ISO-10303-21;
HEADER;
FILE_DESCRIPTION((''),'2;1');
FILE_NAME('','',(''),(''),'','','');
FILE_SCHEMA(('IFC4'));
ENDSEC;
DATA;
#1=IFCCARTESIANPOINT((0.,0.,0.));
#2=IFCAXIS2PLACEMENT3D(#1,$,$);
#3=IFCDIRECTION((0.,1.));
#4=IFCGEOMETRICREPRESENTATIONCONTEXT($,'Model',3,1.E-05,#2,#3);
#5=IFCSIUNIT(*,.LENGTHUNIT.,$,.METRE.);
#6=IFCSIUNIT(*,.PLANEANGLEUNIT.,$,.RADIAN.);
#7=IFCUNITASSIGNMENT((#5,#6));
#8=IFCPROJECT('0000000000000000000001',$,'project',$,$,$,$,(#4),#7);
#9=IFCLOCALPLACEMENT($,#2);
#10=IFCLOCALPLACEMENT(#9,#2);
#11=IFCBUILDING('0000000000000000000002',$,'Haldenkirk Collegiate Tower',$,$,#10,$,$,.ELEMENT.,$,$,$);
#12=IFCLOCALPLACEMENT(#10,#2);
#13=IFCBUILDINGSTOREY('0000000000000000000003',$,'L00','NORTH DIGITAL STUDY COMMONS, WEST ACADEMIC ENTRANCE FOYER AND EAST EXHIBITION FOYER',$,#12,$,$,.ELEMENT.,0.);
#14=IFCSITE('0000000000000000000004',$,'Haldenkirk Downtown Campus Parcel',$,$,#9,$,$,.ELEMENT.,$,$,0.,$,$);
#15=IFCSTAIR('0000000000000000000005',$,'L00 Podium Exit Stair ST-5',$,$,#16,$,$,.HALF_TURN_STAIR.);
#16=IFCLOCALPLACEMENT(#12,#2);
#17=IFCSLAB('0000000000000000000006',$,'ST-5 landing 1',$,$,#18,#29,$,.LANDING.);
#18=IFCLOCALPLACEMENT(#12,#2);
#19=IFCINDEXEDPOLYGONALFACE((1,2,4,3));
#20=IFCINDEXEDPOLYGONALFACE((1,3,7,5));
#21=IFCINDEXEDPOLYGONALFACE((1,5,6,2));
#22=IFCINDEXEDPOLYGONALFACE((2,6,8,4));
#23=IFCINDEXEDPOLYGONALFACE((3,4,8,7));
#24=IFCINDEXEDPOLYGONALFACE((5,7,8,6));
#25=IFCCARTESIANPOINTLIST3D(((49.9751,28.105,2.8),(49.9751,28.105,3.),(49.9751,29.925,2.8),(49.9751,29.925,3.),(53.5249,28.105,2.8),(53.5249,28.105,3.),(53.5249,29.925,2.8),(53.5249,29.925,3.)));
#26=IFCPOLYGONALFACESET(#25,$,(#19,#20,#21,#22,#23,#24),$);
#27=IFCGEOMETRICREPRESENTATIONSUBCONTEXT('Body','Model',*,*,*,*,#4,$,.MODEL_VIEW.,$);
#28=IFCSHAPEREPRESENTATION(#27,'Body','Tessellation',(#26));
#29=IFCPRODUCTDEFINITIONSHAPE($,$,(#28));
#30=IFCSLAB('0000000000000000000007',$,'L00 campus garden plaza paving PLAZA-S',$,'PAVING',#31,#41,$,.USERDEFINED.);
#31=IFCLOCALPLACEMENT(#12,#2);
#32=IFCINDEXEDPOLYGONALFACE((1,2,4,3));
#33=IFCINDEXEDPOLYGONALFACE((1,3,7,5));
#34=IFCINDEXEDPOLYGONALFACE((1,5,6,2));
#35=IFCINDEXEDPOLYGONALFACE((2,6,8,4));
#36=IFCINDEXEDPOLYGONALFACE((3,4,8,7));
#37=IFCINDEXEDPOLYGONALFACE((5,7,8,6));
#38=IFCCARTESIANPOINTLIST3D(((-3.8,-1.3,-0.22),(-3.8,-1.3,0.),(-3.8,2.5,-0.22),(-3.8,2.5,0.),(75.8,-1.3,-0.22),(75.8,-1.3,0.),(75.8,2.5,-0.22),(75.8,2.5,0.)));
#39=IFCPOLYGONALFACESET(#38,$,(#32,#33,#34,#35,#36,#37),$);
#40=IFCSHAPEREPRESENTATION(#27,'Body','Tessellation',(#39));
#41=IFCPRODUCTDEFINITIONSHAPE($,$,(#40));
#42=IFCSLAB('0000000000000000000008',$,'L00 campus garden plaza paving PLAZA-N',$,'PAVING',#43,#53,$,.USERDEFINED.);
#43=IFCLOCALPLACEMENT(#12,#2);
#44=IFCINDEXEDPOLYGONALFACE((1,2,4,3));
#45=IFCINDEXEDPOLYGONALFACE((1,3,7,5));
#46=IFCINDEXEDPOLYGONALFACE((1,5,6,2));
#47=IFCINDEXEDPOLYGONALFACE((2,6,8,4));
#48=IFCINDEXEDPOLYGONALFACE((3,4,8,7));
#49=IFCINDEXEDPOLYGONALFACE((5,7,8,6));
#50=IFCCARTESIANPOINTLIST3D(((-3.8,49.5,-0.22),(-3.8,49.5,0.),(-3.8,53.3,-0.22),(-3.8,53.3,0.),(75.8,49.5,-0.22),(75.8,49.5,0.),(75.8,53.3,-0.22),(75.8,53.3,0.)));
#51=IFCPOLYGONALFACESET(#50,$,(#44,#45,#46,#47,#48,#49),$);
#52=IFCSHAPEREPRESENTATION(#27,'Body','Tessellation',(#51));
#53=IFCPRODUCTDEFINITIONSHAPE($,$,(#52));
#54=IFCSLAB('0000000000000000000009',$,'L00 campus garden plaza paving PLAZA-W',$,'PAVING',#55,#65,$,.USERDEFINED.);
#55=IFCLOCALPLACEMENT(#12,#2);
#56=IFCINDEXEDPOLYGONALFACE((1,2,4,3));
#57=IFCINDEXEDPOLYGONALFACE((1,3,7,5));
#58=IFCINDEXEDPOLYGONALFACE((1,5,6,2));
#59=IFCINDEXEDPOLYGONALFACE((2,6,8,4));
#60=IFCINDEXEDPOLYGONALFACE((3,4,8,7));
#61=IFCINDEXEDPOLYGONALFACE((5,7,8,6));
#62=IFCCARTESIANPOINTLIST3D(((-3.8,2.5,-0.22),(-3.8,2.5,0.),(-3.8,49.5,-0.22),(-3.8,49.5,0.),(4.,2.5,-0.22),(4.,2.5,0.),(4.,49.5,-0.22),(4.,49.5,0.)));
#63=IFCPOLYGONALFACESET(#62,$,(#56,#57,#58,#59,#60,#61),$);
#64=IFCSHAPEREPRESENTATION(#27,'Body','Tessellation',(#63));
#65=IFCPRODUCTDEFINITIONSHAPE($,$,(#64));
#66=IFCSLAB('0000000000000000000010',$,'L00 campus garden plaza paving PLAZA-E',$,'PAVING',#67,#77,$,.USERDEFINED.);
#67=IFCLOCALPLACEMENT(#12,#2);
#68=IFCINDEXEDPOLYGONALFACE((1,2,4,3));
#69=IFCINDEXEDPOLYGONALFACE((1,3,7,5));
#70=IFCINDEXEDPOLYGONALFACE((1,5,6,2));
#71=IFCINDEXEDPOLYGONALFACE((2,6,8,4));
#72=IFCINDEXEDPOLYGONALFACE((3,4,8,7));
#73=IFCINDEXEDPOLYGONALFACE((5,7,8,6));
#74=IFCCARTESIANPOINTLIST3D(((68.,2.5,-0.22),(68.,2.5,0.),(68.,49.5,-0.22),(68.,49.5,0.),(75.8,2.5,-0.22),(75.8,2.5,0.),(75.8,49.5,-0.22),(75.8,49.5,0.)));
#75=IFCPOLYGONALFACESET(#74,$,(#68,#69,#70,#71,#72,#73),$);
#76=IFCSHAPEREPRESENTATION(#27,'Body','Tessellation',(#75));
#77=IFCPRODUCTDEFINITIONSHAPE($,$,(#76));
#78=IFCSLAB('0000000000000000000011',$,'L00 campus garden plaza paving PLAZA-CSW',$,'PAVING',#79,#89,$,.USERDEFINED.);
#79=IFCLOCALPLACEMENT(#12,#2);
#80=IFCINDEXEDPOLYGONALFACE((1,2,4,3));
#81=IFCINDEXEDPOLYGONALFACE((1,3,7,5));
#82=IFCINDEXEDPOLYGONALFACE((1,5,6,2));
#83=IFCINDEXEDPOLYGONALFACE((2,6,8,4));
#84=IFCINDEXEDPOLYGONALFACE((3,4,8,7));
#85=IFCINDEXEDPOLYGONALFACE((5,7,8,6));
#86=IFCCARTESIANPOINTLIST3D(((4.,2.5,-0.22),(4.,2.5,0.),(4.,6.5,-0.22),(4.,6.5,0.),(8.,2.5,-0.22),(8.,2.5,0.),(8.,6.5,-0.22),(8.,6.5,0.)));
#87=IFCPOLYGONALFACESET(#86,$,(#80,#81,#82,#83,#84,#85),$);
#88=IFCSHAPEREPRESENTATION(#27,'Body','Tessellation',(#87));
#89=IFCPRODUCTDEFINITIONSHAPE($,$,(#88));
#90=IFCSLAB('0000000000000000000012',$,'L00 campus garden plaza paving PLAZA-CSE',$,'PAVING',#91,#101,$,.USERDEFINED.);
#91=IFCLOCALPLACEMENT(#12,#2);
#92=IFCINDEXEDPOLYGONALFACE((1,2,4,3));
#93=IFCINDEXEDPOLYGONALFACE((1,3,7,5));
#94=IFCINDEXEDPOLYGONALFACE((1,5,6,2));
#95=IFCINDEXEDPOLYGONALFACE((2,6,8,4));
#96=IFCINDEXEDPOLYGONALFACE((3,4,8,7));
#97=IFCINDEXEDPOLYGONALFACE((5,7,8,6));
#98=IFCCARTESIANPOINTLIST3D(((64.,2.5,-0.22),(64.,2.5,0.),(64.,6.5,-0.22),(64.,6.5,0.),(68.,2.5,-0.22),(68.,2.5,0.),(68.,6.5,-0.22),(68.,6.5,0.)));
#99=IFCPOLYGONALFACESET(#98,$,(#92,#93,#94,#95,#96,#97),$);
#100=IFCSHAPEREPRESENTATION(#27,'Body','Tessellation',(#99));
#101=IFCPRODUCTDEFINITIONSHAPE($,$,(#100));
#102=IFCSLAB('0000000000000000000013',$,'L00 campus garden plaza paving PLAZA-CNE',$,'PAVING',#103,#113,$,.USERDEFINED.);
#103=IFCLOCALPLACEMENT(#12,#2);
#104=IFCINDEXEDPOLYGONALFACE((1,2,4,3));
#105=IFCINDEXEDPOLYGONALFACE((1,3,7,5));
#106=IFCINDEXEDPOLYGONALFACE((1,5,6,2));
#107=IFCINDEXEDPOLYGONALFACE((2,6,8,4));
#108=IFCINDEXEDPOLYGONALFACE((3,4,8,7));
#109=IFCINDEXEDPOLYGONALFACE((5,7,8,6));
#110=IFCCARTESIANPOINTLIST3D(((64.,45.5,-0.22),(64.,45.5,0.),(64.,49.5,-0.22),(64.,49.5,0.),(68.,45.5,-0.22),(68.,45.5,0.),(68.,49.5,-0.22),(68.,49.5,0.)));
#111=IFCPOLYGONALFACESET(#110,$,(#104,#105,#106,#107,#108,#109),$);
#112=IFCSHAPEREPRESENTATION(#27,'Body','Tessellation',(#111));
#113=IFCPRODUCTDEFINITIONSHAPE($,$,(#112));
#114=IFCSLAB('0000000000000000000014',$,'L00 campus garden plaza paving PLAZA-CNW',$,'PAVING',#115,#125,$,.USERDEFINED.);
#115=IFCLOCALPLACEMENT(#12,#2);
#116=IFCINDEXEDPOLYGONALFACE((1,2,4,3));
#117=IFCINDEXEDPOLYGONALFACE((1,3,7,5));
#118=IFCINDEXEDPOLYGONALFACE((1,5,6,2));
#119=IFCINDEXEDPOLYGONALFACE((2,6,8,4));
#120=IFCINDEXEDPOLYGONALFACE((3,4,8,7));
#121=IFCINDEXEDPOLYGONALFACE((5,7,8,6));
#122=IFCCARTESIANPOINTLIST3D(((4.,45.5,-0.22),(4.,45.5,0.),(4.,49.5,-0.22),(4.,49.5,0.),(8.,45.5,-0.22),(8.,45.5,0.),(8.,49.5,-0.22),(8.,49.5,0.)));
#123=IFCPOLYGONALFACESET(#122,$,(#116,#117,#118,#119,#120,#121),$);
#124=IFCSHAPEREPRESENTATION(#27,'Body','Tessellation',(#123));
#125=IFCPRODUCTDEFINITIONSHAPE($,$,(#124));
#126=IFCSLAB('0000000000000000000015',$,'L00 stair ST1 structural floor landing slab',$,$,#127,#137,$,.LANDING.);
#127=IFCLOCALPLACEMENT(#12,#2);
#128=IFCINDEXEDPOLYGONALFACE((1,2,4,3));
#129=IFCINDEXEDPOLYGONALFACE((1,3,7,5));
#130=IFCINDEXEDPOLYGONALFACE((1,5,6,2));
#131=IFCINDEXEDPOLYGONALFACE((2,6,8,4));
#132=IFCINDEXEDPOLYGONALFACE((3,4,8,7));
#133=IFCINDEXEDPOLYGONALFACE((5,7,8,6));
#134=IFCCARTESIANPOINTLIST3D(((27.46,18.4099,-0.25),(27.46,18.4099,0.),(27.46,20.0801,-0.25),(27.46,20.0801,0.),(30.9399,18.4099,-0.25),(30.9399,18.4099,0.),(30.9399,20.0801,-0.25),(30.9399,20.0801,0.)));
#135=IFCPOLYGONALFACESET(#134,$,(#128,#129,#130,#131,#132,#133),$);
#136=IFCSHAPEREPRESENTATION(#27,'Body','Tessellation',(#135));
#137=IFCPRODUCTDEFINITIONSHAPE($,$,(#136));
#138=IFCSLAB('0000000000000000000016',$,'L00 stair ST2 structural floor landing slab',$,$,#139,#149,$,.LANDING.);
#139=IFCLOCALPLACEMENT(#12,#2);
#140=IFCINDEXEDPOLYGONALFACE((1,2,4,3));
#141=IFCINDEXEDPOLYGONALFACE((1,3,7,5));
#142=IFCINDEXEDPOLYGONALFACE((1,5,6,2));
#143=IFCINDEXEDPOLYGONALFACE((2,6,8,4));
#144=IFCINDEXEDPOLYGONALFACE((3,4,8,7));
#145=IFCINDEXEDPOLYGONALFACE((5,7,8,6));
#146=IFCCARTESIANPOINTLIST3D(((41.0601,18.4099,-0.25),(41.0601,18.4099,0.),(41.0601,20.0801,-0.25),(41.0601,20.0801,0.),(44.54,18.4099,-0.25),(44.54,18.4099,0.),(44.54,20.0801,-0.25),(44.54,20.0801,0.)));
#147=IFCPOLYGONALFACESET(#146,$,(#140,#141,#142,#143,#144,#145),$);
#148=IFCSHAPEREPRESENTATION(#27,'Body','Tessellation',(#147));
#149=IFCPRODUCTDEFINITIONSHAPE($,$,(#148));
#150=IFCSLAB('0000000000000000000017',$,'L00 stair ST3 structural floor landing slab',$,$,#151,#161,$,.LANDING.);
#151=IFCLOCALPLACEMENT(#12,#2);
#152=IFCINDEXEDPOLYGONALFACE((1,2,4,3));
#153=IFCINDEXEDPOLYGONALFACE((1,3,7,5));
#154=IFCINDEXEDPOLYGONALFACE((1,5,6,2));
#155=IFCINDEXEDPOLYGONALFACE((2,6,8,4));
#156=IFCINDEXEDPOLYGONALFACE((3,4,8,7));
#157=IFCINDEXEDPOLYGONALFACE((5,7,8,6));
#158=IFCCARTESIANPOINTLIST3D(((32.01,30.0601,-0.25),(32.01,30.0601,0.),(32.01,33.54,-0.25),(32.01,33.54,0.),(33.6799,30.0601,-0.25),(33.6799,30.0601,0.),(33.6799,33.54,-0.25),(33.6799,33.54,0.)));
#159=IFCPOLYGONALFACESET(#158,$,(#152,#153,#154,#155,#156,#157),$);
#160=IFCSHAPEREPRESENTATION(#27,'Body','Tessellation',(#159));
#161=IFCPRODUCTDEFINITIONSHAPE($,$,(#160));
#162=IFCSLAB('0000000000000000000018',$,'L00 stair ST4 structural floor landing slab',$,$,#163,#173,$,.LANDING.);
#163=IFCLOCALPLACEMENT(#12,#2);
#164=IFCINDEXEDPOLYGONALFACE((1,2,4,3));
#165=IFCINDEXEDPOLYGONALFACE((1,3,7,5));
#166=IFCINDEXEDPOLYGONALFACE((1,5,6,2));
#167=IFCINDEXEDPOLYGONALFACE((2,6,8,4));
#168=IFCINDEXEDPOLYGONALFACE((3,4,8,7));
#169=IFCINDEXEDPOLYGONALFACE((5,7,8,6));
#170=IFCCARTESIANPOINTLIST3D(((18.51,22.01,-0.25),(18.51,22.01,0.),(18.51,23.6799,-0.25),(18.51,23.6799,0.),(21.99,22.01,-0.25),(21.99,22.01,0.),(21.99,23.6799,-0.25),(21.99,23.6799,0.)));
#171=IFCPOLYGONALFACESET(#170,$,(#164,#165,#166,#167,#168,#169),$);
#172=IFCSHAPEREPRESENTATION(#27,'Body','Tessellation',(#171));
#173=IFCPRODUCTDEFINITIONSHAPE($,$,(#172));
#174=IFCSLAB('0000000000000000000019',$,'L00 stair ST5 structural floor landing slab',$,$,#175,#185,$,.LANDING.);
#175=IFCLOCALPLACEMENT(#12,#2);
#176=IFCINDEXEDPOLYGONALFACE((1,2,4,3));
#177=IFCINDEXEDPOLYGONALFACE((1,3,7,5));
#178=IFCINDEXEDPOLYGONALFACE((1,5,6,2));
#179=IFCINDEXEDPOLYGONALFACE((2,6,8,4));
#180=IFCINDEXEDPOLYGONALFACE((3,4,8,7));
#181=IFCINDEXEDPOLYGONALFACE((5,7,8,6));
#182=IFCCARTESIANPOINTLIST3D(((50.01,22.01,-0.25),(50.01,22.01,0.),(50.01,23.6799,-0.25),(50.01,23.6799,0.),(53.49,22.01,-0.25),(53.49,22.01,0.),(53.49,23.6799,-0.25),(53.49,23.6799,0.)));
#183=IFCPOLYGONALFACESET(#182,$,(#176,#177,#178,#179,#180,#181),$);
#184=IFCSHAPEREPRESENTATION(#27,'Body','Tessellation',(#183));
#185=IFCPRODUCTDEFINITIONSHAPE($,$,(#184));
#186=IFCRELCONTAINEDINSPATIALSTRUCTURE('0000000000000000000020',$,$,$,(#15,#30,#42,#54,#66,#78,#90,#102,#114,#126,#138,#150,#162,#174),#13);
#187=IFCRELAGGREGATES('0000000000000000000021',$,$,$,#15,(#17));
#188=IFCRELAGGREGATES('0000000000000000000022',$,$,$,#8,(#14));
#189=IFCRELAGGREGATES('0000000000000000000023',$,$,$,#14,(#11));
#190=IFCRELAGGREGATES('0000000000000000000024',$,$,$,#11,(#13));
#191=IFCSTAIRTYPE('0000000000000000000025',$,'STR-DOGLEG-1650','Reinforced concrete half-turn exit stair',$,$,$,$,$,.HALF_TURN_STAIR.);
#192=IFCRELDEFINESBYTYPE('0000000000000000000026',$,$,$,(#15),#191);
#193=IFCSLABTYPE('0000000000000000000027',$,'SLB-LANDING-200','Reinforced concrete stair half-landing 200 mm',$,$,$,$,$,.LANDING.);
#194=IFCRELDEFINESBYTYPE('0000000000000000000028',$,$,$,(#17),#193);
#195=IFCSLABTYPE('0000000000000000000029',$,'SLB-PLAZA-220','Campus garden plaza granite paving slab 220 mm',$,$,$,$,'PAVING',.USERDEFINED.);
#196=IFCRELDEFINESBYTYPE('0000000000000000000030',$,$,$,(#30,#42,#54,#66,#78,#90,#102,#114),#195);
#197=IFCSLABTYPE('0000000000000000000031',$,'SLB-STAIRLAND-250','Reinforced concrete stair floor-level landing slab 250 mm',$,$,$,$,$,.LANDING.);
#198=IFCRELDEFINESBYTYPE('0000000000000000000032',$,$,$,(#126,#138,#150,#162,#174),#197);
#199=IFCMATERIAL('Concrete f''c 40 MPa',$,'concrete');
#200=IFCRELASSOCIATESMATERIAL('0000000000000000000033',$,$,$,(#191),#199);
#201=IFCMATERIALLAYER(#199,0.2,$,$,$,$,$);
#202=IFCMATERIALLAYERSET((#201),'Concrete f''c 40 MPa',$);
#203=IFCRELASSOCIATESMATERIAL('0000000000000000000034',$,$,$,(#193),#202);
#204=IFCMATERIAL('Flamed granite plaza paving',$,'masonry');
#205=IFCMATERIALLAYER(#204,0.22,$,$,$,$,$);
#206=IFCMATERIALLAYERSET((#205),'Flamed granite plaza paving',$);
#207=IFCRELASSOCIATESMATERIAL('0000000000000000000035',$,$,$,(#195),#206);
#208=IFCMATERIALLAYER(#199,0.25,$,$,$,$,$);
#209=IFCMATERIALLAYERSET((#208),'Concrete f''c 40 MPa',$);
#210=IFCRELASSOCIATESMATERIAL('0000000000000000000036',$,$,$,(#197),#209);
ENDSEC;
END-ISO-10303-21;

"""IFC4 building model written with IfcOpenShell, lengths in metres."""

from ifc_helpers import new_model, si_unit, direction, frame, origin, place, context, subcontext, project, spatial, polyline, outline, extrude, material, layer, layer_set, type_object, element, aggregate, save


model = new_model("IFC4")

# Units and contexts
model_context = context("Model", 3, precision=1e-05, world=origin(), true_north=direction((0.0, 1.0)))
body_context = subcontext(model_context, "Body", "Model", "MODEL_VIEW")
ifc_project = project(units=[si_unit("LENGTHUNIT", "METRE"), si_unit("PLANEANGLEUNIT", "RADIAN")], contexts=[model_context])

# Site, building, storey
site_placement = place(None, origin())
site = spatial("IfcSite", under=ifc_project, at=site_placement, Name="Haldenkirk Downtown Campus Parcel", CompositionType="ELEMENT", RefElevation=0.0)
building_placement = place(site_placement, origin())
building = spatial("IfcBuilding", under=site, at=building_placement, Name="Haldenkirk Collegiate Tower", CompositionType="ELEMENT")
storey_placement = place(building_placement, origin())
storey = spatial("IfcBuildingStorey", under=building, at=storey_placement, Name="L00", Description="NORTH DIGITAL STUDY COMMONS, WEST ACADEMIC ENTRANCE FOYER AND EAST EXHIBITION FOYER", CompositionType="ELEMENT", Elevation=0.0)

# Shared definitions
ifc_material_1 = material(Name="Concrete f'c 40 MPa", Category="concrete")

# Stair, slab
stair_type = type_object("IfcStairType", Name="STR-DOGLEG-1650", Description="Reinforced concrete half-turn exit stair", PredefinedType="HALF_TURN_STAIR", material=ifc_material_1)
ifc_layer_1 = layer(ifc_material_1, 0.2)
ifc_layer_set_1 = layer_set([ifc_layer_1], Name="Concrete f'c 40 MPa")
slab_type_1 = type_object("IfcSlabType", Name="SLB-LANDING-200", Description="Reinforced concrete stair half-landing 200 mm", PredefinedType="LANDING", material=ifc_layer_set_1)
stair_1_placement = place(storey_placement, origin())
stair_1 = element("IfcStair", 1, at=stair_1_placement, inside=storey, type_object=stair_type, Name="L00 Podium Exit Stair ST-5", PredefinedType="HALF_TURN_STAIR")
slab_1_placement = place(storey_placement, frame((0.0, 0.0, 2.8)))
slab_1 = element("IfcSlab", 2, at=slab_1_placement, type_object=slab_type_1, Name="ST-5 landing 1", PredefinedType="LANDING", context=body_context, shape_type="SweptSolid", body=[
    extrude(outline(polyline([(53.5249, 28.105), (49.9751, 28.105), (49.9751, 29.925), (53.5249, 29.925), (53.5249, 28.105)])), origin(), (0.0, 0.0, 1.0), 0.2),
])
aggregate(stair_1, [slab_1])

# Slabs
ifc_material_2 = material(Name="Flamed granite plaza paving", Category="masonry")
ifc_layer_2 = layer(ifc_material_2, 0.22)
ifc_layer_set_2 = layer_set([ifc_layer_2], Name="Flamed granite plaza paving")
slab_type_2 = type_object("IfcSlabType", Name="SLB-PLAZA-220", Description="Campus garden plaza granite paving slab 220 mm", ElementType="PAVING", PredefinedType="USERDEFINED", material=ifc_layer_set_2)
slab_2_placement = place(storey_placement, frame((0.0, 0.0, -0.22)))
element("IfcSlab", 3, at=slab_2_placement, inside=storey, type_object=slab_type_2, Name="L00 campus garden plaza paving PLAZA-S", ObjectType="PAVING", PredefinedType="USERDEFINED", context=body_context, shape_type="SweptSolid", body=[
    extrude(outline(polyline([(-3.8, -1.3), (75.8, -1.3), (75.8, 2.5), (-3.8, 2.5), (-3.8, -1.3)])), origin(), (0.0, 0.0, 1.0), 0.22),
])
slab_3_placement = place(storey_placement, frame((0.0, 0.0, -0.22)))
element("IfcSlab", 4, at=slab_3_placement, inside=storey, type_object=slab_type_2, Name="L00 campus garden plaza paving PLAZA-N", ObjectType="PAVING", PredefinedType="USERDEFINED", context=body_context, shape_type="SweptSolid", body=[
    extrude(outline(polyline([(-3.8, 49.5), (75.8, 49.5), (75.8, 53.3), (-3.8, 53.3), (-3.8, 49.5)])), origin(), (0.0, 0.0, 1.0), 0.22),
])
slab_4_placement = place(storey_placement, frame((0.0, 0.0, -0.22)))
element("IfcSlab", 5, at=slab_4_placement, inside=storey, type_object=slab_type_2, Name="L00 campus garden plaza paving PLAZA-W", ObjectType="PAVING", PredefinedType="USERDEFINED", context=body_context, shape_type="SweptSolid", body=[
    extrude(outline(polyline([(-3.8, 2.5), (4.0, 2.5), (4.0, 49.5), (-3.8, 49.5), (-3.8, 2.5)])), origin(), (0.0, 0.0, 1.0), 0.22),
])
slab_5_placement = place(storey_placement, frame((0.0, 0.0, -0.22)))
element("IfcSlab", 6, at=slab_5_placement, inside=storey, type_object=slab_type_2, Name="L00 campus garden plaza paving PLAZA-E", ObjectType="PAVING", PredefinedType="USERDEFINED", context=body_context, shape_type="SweptSolid", body=[
    extrude(outline(polyline([(68.0, 2.5), (75.8, 2.5), (75.8, 49.5), (68.0, 49.5), (68.0, 2.5)])), origin(), (0.0, 0.0, 1.0), 0.22),
])
slab_6_placement = place(storey_placement, frame((0.0, 0.0, -0.22)))
element("IfcSlab", 7, at=slab_6_placement, inside=storey, type_object=slab_type_2, Name="L00 campus garden plaza paving PLAZA-CSW", ObjectType="PAVING", PredefinedType="USERDEFINED", context=body_context, shape_type="SweptSolid", body=[
    extrude(outline(polyline([(4.0, 2.5), (8.0, 2.5), (8.0, 6.5), (4.0, 6.5), (4.0, 2.5)])), origin(), (0.0, 0.0, 1.0), 0.22),
])
slab_7_placement = place(storey_placement, frame((0.0, 0.0, -0.22)))
element("IfcSlab", 8, at=slab_7_placement, inside=storey, type_object=slab_type_2, Name="L00 campus garden plaza paving PLAZA-CSE", ObjectType="PAVING", PredefinedType="USERDEFINED", context=body_context, shape_type="SweptSolid", body=[
    extrude(outline(polyline([(64.0, 2.5), (68.0, 2.5), (68.0, 6.5), (64.0, 6.5), (64.0, 2.5)])), origin(), (0.0, 0.0, 1.0), 0.22),
])
slab_8_placement = place(storey_placement, frame((0.0, 0.0, -0.22)))
element("IfcSlab", 9, at=slab_8_placement, inside=storey, type_object=slab_type_2, Name="L00 campus garden plaza paving PLAZA-CNE", ObjectType="PAVING", PredefinedType="USERDEFINED", context=body_context, shape_type="SweptSolid", body=[
    extrude(outline(polyline([(64.0, 45.5), (68.0, 45.5), (68.0, 49.5), (64.0, 49.5), (64.0, 45.5)])), origin(), (0.0, 0.0, 1.0), 0.22),
])
slab_9_placement = place(storey_placement, frame((0.0, 0.0, -0.22)))
element("IfcSlab", 10, at=slab_9_placement, inside=storey, type_object=slab_type_2, Name="L00 campus garden plaza paving PLAZA-CNW", ObjectType="PAVING", PredefinedType="USERDEFINED", context=body_context, shape_type="SweptSolid", body=[
    extrude(outline(polyline([(4.0, 45.5), (8.0, 45.5), (8.0, 49.5), (4.0, 49.5), (4.0, 45.5)])), origin(), (0.0, 0.0, 1.0), 0.22),
])
ifc_layer_3 = layer(ifc_material_1, 0.25)
ifc_layer_set_3 = layer_set([ifc_layer_3], Name="Concrete f'c 40 MPa")
slab_type_3 = type_object("IfcSlabType", Name="SLB-STAIRLAND-250", Description="Reinforced concrete stair floor-level landing slab 250 mm", PredefinedType="LANDING", material=ifc_layer_set_3)
slab_10_placement = place(storey_placement, frame((0.0, 0.0, -0.25)))
element("IfcSlab", 11, at=slab_10_placement, inside=storey, type_object=slab_type_3, Name="L00 stair ST1 structural floor landing slab", PredefinedType="LANDING", context=body_context, shape_type="SweptSolid", body=[
    extrude(outline(polyline([(27.46, 18.4099), (30.9399, 18.4099), (30.9399, 20.0801), (27.46, 20.0801), (27.46, 18.4099)])), origin(), (0.0, 0.0, 1.0), 0.25),
])
slab_11_placement = place(storey_placement, frame((0.0, 0.0, -0.25)))
element("IfcSlab", 12, at=slab_11_placement, inside=storey, type_object=slab_type_3, Name="L00 stair ST2 structural floor landing slab", PredefinedType="LANDING", context=body_context, shape_type="SweptSolid", body=[
    extrude(outline(polyline([(41.0601, 18.4099), (44.54, 18.4099), (44.54, 20.0801), (41.0601, 20.0801), (41.0601, 18.4099)])), origin(), (0.0, 0.0, 1.0), 0.25),
])
slab_12_placement = place(storey_placement, frame((0.0, 0.0, -0.25)))
element("IfcSlab", 13, at=slab_12_placement, inside=storey, type_object=slab_type_3, Name="L00 stair ST3 structural floor landing slab", PredefinedType="LANDING", context=body_context, shape_type="SweptSolid", body=[
    extrude(outline(polyline([(32.01, 30.0601), (33.6799, 30.0601), (33.6799, 33.54), (32.01, 33.54), (32.01, 30.0601)])), origin(), (0.0, 0.0, 1.0), 0.25),
])
slab_13_placement = place(storey_placement, frame((0.0, 0.0, -0.25)))
element("IfcSlab", 14, at=slab_13_placement, inside=storey, type_object=slab_type_3, Name="L00 stair ST4 structural floor landing slab", PredefinedType="LANDING", context=body_context, shape_type="SweptSolid", body=[
    extrude(outline(polyline([(18.51, 22.01), (21.99, 22.01), (21.99, 23.6799), (18.51, 23.6799), (18.51, 22.01)])), origin(), (0.0, 0.0, 1.0), 0.25),
])
slab_14_placement = place(storey_placement, frame((0.0, 0.0, -0.25)))
element("IfcSlab", 15, at=slab_14_placement, inside=storey, type_object=slab_type_3, Name="L00 stair ST5 structural floor landing slab", PredefinedType="LANDING", context=body_context, shape_type="SweptSolid", body=[
    extrude(outline(polyline([(50.01, 22.01), (53.49, 22.01), (53.49, 23.6799), (50.01, 23.6799), (50.01, 22.01)])), origin(), (0.0, 0.0, 1.0), 0.25),
])

save(model, "model.ifc")
